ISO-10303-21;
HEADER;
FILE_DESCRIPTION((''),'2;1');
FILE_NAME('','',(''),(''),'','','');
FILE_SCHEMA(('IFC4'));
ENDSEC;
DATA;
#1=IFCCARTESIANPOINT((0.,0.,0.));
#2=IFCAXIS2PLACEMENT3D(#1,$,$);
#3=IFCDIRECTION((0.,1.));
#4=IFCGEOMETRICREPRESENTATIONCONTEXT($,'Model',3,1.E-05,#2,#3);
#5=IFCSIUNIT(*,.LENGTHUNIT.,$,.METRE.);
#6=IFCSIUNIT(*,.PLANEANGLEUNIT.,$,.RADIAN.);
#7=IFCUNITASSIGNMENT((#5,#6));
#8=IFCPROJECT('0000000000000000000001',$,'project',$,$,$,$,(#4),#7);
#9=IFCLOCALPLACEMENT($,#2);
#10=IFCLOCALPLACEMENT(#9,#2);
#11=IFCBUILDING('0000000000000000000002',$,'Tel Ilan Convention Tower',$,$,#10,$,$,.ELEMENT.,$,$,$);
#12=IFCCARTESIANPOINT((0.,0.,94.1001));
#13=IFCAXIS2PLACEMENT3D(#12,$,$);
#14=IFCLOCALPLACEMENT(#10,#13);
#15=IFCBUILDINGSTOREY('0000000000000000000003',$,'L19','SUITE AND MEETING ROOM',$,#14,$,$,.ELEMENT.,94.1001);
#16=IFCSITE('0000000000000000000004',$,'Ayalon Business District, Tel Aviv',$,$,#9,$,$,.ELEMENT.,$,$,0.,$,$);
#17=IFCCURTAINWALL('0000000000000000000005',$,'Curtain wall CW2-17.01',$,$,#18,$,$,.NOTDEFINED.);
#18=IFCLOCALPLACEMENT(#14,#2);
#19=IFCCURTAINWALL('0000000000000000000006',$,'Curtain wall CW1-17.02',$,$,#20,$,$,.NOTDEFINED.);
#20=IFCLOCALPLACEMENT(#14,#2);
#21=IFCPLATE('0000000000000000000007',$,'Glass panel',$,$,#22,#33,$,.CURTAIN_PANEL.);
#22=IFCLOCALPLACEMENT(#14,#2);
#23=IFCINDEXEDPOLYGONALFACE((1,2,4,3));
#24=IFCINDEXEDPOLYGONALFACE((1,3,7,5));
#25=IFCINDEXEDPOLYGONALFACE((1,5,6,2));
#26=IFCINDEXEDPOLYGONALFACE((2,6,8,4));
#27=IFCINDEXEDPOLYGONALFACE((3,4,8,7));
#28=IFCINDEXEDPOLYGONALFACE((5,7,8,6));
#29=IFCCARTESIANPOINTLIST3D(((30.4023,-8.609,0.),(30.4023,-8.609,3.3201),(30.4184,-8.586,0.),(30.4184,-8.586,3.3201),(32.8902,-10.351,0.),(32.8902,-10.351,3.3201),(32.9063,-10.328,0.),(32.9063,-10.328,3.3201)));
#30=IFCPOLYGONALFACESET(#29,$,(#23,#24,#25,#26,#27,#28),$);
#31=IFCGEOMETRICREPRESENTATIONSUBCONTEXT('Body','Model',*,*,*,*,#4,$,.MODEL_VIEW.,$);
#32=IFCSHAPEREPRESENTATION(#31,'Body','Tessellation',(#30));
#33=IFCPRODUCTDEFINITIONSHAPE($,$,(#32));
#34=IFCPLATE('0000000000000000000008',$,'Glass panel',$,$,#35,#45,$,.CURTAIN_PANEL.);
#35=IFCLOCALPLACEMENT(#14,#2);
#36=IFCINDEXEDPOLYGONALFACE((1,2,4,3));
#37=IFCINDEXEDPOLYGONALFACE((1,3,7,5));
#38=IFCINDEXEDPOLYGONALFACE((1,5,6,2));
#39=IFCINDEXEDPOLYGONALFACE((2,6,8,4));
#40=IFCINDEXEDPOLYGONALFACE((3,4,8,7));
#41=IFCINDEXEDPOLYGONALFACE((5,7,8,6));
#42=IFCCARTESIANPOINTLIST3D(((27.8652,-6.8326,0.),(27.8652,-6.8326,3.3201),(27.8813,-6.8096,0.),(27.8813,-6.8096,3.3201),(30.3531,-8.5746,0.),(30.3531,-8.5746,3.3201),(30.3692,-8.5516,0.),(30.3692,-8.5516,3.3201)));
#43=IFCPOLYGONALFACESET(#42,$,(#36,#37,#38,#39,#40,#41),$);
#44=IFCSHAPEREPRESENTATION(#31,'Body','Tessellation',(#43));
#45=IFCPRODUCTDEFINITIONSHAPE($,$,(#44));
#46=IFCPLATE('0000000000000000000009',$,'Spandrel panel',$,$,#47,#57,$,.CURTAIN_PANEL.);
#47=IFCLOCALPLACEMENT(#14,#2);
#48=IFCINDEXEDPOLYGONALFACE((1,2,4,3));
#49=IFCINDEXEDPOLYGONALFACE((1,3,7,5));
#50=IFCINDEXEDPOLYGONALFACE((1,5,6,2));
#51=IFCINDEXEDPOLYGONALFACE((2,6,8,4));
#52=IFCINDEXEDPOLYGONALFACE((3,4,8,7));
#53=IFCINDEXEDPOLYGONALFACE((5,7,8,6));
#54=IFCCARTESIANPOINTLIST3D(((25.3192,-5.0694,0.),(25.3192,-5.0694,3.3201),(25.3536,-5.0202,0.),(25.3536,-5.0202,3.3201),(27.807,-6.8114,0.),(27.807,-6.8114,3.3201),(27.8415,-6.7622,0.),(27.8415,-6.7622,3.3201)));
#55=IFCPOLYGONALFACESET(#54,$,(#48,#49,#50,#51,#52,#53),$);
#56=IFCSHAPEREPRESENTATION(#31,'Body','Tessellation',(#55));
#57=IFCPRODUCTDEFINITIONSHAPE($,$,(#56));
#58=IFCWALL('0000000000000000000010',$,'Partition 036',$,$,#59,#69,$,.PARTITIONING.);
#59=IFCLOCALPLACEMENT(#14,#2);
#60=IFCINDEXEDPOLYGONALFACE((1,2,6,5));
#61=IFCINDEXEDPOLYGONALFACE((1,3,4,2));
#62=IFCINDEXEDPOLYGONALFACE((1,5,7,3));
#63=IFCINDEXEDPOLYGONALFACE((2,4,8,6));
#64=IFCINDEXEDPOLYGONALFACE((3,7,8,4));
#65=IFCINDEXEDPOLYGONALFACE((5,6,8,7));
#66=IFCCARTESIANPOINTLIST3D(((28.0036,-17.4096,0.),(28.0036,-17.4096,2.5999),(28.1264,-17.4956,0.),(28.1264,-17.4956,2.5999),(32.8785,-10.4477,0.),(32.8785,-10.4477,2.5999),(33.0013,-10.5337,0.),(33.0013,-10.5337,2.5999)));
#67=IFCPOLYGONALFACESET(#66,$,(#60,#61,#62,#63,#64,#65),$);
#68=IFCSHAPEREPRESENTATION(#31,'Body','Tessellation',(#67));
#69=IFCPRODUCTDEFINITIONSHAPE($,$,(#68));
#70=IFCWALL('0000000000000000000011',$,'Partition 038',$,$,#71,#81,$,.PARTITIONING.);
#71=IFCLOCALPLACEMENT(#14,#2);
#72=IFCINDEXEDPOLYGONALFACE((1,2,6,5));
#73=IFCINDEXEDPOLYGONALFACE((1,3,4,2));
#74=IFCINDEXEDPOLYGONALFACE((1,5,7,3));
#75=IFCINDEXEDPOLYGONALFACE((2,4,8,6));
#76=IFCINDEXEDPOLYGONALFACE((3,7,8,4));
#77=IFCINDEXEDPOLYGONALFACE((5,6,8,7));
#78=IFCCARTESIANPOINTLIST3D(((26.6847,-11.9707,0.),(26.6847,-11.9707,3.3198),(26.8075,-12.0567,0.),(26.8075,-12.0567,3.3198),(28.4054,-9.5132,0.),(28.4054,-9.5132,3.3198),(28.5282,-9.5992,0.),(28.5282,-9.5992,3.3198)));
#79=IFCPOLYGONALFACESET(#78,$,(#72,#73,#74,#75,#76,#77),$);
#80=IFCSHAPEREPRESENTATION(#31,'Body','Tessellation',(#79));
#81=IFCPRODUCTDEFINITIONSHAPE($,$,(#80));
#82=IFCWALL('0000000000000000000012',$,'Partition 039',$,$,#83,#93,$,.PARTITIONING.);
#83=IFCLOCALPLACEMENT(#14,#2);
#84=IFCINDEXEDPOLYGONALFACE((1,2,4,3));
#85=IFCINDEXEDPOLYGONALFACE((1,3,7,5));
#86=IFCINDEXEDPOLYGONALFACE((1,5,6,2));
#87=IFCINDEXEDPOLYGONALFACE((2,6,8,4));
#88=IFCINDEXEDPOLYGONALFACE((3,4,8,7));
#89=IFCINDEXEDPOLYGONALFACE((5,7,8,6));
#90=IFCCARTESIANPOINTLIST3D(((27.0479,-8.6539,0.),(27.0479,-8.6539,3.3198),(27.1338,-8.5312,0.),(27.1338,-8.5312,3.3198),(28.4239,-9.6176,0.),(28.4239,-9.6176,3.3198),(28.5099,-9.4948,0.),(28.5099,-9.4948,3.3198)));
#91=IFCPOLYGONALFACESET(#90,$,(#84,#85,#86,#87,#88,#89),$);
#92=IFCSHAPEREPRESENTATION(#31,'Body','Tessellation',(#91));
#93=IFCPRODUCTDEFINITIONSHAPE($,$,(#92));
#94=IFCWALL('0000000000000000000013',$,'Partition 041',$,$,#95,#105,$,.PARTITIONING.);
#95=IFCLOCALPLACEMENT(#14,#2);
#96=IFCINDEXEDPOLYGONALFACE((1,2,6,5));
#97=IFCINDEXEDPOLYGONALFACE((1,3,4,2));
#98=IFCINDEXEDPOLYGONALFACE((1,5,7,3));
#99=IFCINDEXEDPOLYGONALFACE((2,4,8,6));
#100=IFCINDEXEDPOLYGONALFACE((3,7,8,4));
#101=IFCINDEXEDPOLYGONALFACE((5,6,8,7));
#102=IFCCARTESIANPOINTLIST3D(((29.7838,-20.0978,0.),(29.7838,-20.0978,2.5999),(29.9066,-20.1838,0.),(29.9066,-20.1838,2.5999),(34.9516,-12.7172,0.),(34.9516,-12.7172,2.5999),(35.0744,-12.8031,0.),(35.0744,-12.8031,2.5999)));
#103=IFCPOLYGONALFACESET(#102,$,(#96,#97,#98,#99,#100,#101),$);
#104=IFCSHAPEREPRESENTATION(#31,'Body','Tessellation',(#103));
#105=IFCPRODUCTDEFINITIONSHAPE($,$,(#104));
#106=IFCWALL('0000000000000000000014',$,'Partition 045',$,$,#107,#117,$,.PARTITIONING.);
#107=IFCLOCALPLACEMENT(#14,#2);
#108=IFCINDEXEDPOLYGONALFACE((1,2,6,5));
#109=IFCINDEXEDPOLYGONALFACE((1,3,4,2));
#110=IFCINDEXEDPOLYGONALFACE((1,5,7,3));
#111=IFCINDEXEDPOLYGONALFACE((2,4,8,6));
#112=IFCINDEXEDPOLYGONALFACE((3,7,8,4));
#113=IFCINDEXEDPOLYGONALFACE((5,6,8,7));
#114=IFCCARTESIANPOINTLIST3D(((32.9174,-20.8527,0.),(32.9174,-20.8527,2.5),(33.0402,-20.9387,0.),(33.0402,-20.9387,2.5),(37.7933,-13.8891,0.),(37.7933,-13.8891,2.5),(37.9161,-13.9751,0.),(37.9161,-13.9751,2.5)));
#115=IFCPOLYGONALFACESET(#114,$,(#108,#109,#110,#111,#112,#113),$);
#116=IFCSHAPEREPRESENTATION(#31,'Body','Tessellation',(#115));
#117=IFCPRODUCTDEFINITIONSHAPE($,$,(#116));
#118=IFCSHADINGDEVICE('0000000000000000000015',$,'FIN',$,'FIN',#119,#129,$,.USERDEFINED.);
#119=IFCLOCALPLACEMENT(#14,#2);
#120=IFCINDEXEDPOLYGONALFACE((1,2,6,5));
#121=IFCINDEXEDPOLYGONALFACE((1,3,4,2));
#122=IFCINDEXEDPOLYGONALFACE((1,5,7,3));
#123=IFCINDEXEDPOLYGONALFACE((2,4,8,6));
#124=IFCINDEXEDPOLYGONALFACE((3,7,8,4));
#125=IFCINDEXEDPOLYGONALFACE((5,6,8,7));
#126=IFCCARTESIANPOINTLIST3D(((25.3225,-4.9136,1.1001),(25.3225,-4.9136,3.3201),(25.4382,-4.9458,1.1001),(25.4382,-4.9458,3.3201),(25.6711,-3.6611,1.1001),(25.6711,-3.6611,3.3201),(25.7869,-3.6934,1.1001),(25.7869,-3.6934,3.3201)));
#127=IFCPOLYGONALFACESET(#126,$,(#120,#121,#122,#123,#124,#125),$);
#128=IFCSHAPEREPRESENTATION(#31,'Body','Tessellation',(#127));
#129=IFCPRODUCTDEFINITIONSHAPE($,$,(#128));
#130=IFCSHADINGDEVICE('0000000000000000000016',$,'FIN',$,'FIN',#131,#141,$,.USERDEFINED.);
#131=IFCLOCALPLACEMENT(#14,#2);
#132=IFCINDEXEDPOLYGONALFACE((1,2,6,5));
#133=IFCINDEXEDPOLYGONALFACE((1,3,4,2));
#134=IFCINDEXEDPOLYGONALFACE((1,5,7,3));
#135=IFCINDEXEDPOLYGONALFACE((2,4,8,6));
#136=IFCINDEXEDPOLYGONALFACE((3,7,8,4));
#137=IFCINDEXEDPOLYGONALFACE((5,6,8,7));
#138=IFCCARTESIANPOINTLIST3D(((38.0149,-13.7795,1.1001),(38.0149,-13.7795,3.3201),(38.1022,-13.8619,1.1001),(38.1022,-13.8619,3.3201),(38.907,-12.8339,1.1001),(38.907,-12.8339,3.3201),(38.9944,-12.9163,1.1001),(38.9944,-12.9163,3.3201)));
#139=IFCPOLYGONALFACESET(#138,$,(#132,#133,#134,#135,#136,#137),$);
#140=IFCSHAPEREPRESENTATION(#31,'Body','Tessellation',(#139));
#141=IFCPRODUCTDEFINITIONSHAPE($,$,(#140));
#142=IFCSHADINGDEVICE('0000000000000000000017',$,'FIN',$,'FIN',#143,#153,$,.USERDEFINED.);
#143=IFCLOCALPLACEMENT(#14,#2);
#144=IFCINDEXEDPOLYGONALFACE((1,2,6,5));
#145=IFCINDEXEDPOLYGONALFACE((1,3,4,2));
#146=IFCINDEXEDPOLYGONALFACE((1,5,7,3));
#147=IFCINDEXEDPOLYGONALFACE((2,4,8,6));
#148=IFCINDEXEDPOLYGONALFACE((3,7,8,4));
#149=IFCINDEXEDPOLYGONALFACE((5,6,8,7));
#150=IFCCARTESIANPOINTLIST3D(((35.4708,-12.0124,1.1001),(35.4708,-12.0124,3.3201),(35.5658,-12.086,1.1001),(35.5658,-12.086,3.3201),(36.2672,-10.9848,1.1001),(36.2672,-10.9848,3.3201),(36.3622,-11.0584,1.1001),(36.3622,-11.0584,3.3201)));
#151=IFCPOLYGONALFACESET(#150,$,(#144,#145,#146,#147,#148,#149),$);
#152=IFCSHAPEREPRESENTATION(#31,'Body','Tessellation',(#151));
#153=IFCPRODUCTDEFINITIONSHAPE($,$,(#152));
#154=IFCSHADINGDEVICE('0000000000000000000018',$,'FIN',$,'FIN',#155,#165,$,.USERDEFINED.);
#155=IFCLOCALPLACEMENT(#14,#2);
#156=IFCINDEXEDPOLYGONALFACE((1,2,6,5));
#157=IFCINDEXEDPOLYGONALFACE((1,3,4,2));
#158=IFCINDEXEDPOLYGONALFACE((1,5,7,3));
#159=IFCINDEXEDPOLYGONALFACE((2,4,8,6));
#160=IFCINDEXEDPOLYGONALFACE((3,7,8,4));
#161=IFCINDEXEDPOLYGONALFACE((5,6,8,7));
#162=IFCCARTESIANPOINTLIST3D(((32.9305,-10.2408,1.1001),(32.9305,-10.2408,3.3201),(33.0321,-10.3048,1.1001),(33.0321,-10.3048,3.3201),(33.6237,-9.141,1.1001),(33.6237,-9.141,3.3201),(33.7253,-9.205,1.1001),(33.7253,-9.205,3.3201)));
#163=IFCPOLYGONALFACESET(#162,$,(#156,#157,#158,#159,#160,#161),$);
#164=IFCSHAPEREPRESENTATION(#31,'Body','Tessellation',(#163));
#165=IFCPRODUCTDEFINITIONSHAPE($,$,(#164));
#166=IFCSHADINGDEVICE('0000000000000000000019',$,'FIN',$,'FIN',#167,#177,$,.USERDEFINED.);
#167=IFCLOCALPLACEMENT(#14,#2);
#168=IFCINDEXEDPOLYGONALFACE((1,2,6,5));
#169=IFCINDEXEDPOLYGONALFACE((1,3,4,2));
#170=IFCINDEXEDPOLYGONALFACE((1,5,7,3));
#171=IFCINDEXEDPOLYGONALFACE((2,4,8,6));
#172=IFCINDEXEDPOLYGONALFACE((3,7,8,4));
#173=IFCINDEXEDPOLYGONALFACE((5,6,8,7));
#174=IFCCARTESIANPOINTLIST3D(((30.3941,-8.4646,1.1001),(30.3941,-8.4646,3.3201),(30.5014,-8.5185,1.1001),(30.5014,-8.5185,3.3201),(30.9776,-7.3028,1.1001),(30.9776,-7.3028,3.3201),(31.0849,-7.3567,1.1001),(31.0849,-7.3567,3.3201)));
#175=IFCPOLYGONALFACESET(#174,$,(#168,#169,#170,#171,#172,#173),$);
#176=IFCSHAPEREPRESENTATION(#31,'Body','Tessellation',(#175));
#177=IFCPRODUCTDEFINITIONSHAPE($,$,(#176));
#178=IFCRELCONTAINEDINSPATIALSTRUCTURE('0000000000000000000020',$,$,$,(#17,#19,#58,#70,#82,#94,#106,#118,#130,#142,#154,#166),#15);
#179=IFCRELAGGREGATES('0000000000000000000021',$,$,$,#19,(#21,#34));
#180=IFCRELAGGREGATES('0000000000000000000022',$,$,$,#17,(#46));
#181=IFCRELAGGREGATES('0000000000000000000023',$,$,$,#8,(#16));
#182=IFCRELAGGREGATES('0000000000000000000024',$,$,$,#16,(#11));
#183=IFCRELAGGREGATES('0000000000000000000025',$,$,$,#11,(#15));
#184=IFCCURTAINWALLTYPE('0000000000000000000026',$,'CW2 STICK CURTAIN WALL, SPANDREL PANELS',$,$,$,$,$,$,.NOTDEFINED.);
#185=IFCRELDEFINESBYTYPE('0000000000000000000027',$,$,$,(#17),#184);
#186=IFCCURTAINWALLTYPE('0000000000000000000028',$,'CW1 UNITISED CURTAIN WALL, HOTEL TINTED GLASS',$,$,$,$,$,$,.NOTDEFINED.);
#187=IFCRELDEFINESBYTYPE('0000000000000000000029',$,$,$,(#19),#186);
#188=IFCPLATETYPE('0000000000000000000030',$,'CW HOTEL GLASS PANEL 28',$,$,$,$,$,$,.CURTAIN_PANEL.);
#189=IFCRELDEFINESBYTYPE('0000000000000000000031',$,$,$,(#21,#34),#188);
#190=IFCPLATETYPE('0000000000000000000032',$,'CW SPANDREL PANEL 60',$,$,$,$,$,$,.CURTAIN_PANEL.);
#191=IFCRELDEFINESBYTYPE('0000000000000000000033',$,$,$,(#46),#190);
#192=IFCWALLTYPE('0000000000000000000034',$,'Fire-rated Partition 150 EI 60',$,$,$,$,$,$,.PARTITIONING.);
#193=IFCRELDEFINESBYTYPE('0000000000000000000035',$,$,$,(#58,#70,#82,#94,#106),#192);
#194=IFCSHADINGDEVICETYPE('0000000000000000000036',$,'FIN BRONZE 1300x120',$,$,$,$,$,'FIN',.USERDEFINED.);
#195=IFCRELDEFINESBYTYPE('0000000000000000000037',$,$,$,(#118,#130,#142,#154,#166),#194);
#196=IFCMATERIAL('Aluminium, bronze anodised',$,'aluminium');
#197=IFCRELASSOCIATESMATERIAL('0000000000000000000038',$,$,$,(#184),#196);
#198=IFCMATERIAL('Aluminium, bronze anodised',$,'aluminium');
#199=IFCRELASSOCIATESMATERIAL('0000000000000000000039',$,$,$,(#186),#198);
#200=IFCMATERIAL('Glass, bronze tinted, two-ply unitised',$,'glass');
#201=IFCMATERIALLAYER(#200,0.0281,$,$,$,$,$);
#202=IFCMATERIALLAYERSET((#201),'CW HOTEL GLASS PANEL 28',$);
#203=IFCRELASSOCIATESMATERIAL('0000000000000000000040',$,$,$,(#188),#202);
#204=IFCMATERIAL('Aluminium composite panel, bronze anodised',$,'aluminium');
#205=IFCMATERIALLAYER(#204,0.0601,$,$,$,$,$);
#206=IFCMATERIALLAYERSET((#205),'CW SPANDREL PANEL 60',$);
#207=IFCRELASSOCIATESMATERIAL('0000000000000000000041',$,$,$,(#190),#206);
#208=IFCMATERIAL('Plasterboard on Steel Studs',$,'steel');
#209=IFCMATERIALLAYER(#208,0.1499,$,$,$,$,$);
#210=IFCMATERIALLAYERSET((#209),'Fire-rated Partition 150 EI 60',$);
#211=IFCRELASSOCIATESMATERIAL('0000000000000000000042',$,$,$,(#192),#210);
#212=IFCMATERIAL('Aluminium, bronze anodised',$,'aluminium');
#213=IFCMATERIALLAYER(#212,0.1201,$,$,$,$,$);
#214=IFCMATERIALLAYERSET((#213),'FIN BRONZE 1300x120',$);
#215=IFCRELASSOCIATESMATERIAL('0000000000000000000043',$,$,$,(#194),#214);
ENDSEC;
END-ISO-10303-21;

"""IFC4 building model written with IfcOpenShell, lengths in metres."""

from ifc_helpers import new_model, si_unit, direction, frame, frame_2d, origin, origin_2d, place, context, subcontext, project, spatial, rectangle, extrude, material, layer, layer_set, type_object, element, aggregate, save


model = new_model("IFC4")

# Units and contexts
model_context = context("Model", 3, precision=1e-05, world=origin(), true_north=direction((0.0, 1.0)))
body_context = subcontext(model_context, "Body", "Model", "MODEL_VIEW")
ifc_project = project(units=[si_unit("LENGTHUNIT", "METRE"), si_unit("PLANEANGLEUNIT", "RADIAN")], contexts=[model_context])

# Site, building, storey
site_placement = place(None, origin())
site = spatial("IfcSite", under=ifc_project, at=site_placement, Name="Ayalon Business District, Tel Aviv", CompositionType="ELEMENT", RefElevation=0.0)
building_placement = place(site_placement, origin())
building = spatial("IfcBuilding", under=site, at=building_placement, Name="Tel Ilan Convention Tower", CompositionType="ELEMENT")
storey_placement = place(building_placement, frame((0.0, 0.0, 94.1001)))
storey = spatial("IfcBuildingStorey", under=building, at=storey_placement, Name="L19", Description="SUITE AND MEETING ROOM", CompositionType="ELEMENT", Elevation=94.1001)

# Curtain walls
ifc_material_1 = material(Name="Aluminium, bronze anodised", Category="aluminium")
curtain_wall_type_1 = type_object("IfcCurtainWallType", Name="CW2 STICK CURTAIN WALL, SPANDREL PANELS", PredefinedType="NOTDEFINED", material=ifc_material_1)
curtain_wall_1_placement = place(storey_placement, origin())
curtain_wall_1 = element("IfcCurtainWall", 1, at=curtain_wall_1_placement, inside=storey, type_object=curtain_wall_type_1, Name="Curtain wall CW2-17.01", PredefinedType="NOTDEFINED")
ifc_material_2 = material(Name="Aluminium, bronze anodised", Category="aluminium")
curtain_wall_type_2 = type_object("IfcCurtainWallType", Name="CW1 UNITISED CURTAIN WALL, HOTEL TINTED GLASS", PredefinedType="NOTDEFINED", material=ifc_material_2)
curtain_wall_2_placement = place(storey_placement, origin())
curtain_wall_2 = element("IfcCurtainWall", 2, at=curtain_wall_2_placement, inside=storey, type_object=curtain_wall_type_2, Name="Curtain wall CW1-17.02", PredefinedType="NOTDEFINED")

# Plates
ifc_material_3 = material(Name="Glass, bronze tinted, two-ply unitised", Category="glass")
ifc_layer_1 = layer(ifc_material_3, 0.0281)
ifc_layer_set_1 = layer_set([ifc_layer_1], Name="CW HOTEL GLASS PANEL 28")
plate_type_1 = type_object("IfcPlateType", Name="CW HOTEL GLASS PANEL 28", PredefinedType="CURTAIN_PANEL", material=ifc_layer_set_1)
plate_1_placement = place(storey_placement, frame((31.6543, -9.4685, 0.0), z_axis=(0.0, 0.0, 1.0), x_axis=(-0.819152, 0.573576, 0.0)))
plate_1 = element("IfcPlate", 3, at=plate_1_placement, type_object=plate_type_1, Name="Glass panel", PredefinedType="CURTAIN_PANEL", context=body_context, shape_type="SweptSolid", body=[
    extrude(rectangle(XDim=3.0371, YDim=0.0281, at=origin_2d()), origin(), (0.0, 0.0, 1.0), 3.3201),
])
plate_2_placement = place(storey_placement, frame((29.1172, -7.6921, 0.0), z_axis=(0.0, 0.0, 1.0), x_axis=(-0.819152, 0.573576, 0.0)))
plate_2 = element("IfcPlate", 4, at=plate_2_placement, type_object=plate_type_1, Name="Glass panel", PredefinedType="CURTAIN_PANEL", context=body_context, shape_type="SweptSolid", body=[
    extrude(rectangle(XDim=3.0371, YDim=0.0281, at=origin_2d()), origin(), (0.0, 0.0, 1.0), 3.3201),
])
aggregate(curtain_wall_2, [plate_1, plate_2])
ifc_material_4 = material(Name="Aluminium composite panel, bronze anodised", Category="aluminium")
ifc_layer_2 = layer(ifc_material_4, 0.0601)
ifc_layer_set_2 = layer_set([ifc_layer_2], Name="CW SPANDREL PANEL 60")
plate_type_2 = type_object("IfcPlateType", Name="CW SPANDREL PANEL 60", PredefinedType="CURTAIN_PANEL", material=ifc_layer_set_2)
plate_3_placement = place(storey_placement, frame((26.5803, -5.9158, 0.0), z_axis=(0.0, 0.0, 1.0), x_axis=(-0.819152, 0.573576, 0.0)))
plate_3 = element("IfcPlate", 5, at=plate_3_placement, type_object=plate_type_2, Name="Spandrel panel", PredefinedType="CURTAIN_PANEL", context=body_context, shape_type="SweptSolid", body=[
    extrude(rectangle(XDim=3.0371, YDim=0.0601, at=origin_2d()), origin(), (0.0, 0.0, 1.0), 3.3201),
])
aggregate(curtain_wall_1, [plate_3])

# Walls
ifc_material_5 = material(Name="Plasterboard on Steel Studs", Category="steel")
ifc_layer_3 = layer(ifc_material_5, 0.1499)
ifc_layer_set_3 = layer_set([ifc_layer_3], Name="Fire-rated Partition 150 EI 60")
wall_type = type_object("IfcWallType", Name="Fire-rated Partition 150 EI 60", PredefinedType="PARTITIONING", material=ifc_layer_set_3)
wall_1_placement = place(storey_placement, frame((32.9399, -10.4907, 0.0), z_axis=(0.0, 0.0, 1.0), x_axis=(-0.573593, -0.81914, 0.0)))
element("IfcWall", 6, at=wall_1_placement, inside=storey, type_object=wall_type, Name="Partition 036", PredefinedType="PARTITIONING", context=body_context, shape_type="SweptSolid", body=[
    extrude(rectangle(XDim=8.499, YDim=0.1499, at=frame_2d((4.2495, 0.0))), origin(), (0.0, 0.0, 1.0), 2.5999),
])
wall_2_placement = place(storey_placement, frame((26.7461, -12.0137, 0.0), z_axis=(0.0, 0.0, 1.0), x_axis=(0.573561, 0.819163, 0.0)))
element("IfcWall", 7, at=wall_2_placement, inside=storey, type_object=wall_type, Name="Partition 038", PredefinedType="PARTITIONING", context=body_context, shape_type="SweptSolid", body=[
    extrude(rectangle(XDim=3.0, YDim=0.1499, at=frame_2d((1.5, 0.0))), origin(), (0.0, 0.0, 1.0), 3.3198),
])
wall_3_placement = place(storey_placement, frame((28.4668, -9.5562, 0.0), z_axis=(0.0, 0.0, 1.0), x_axis=(-0.819109, 0.573638, 0.0)))
element("IfcWall", 8, at=wall_3_placement, inside=storey, type_object=wall_type, Name="Partition 039", PredefinedType="PARTITIONING", context=body_context, shape_type="SweptSolid", body=[
    extrude(rectangle(XDim=1.6799, YDim=0.1499, at=frame_2d((0.8398, 0.0))), origin(), (0.0, 0.0, 1.0), 3.3198),
])
wall_4_placement = place(storey_placement, frame((35.0129, -12.7603, 0.0), z_axis=(0.0, 0.0, 1.0), x_axis=(-0.573559, -0.819164, 0.0)))
element("IfcWall", 9, at=wall_4_placement, inside=storey, type_object=wall_type, Name="Partition 041", PredefinedType="PARTITIONING", context=body_context, shape_type="SweptSolid", body=[
    extrude(rectangle(XDim=9.01, YDim=0.1499, at=frame_2d((4.5049, 0.0))), origin(), (0.0, 0.0, 1.0), 2.5999),
])
wall_5_placement = place(storey_placement, frame((37.8547, -13.9321, 0.0), z_axis=(0.0, 0.0, 1.0), x_axis=(-0.573576, -0.819152, 0.0)))
element("IfcWall", 10, at=wall_5_placement, inside=storey, type_object=wall_type, Name="Partition 045", PredefinedType="PARTITIONING", context=body_context, shape_type="SweptSolid", body=[
    extrude(rectangle(XDim=8.501, YDim=0.1499, at=frame_2d((4.2505, 0.0))), origin(), (0.0, 0.0, 1.0), 2.5),
])

# Shading devices
ifc_material_6 = material(Name="Aluminium, bronze anodised", Category="aluminium")
ifc_layer_4 = layer(ifc_material_6, 0.1201)
ifc_layer_set_4 = layer_set([ifc_layer_4], Name="FIN BRONZE 1300x120")
shading_device_type = type_object("IfcShadingDeviceType", Name="FIN BRONZE 1300x120", ElementType="FIN", PredefinedType="USERDEFINED", material=ifc_layer_set_4)
for number, where, z_axis, x_axis, name in (
    (11, (25.5547, -4.3035, 1.1001), (0.0, 0.0, 1.0), (0.268173, 0.963371, 0.0), "FIN"),
    (12, (38.5046, -13.3479, 1.1001), (0.0, 0.0, 1.0), (0.686242, 0.727374, 0.0), "FIN"),
    (13, (35.9165, -11.5354, 1.1001), (0.0, 0.0, 1.0), (0.612601, 0.790393, 0.0), "FIN"),
    (14, (33.3279, -9.7229, 1.1001), (0.0, 0.0, 1.0), (0.533204, 0.845986, 0.0), "FIN"),
    (15, (30.7395, -7.9106, 1.1001), (0.0, 0.0, 1.0), (0.448799, 0.893633, 0.0), "FIN"),
):
    element("IfcShadingDevice", number, at=place(storey_placement, frame(where, z_axis=z_axis, x_axis=x_axis)), inside=storey, type_object=shading_device_type, Name=name, ObjectType="FIN", PredefinedType="USERDEFINED", context=body_context, shape_type="SweptSolid", body=[
        extrude(rectangle(XDim=1.3, YDim=0.1201, at=origin_2d()), origin(), (0.0, 0.0, 1.0), 2.22),
    ])

save(model, "model.ifc")
